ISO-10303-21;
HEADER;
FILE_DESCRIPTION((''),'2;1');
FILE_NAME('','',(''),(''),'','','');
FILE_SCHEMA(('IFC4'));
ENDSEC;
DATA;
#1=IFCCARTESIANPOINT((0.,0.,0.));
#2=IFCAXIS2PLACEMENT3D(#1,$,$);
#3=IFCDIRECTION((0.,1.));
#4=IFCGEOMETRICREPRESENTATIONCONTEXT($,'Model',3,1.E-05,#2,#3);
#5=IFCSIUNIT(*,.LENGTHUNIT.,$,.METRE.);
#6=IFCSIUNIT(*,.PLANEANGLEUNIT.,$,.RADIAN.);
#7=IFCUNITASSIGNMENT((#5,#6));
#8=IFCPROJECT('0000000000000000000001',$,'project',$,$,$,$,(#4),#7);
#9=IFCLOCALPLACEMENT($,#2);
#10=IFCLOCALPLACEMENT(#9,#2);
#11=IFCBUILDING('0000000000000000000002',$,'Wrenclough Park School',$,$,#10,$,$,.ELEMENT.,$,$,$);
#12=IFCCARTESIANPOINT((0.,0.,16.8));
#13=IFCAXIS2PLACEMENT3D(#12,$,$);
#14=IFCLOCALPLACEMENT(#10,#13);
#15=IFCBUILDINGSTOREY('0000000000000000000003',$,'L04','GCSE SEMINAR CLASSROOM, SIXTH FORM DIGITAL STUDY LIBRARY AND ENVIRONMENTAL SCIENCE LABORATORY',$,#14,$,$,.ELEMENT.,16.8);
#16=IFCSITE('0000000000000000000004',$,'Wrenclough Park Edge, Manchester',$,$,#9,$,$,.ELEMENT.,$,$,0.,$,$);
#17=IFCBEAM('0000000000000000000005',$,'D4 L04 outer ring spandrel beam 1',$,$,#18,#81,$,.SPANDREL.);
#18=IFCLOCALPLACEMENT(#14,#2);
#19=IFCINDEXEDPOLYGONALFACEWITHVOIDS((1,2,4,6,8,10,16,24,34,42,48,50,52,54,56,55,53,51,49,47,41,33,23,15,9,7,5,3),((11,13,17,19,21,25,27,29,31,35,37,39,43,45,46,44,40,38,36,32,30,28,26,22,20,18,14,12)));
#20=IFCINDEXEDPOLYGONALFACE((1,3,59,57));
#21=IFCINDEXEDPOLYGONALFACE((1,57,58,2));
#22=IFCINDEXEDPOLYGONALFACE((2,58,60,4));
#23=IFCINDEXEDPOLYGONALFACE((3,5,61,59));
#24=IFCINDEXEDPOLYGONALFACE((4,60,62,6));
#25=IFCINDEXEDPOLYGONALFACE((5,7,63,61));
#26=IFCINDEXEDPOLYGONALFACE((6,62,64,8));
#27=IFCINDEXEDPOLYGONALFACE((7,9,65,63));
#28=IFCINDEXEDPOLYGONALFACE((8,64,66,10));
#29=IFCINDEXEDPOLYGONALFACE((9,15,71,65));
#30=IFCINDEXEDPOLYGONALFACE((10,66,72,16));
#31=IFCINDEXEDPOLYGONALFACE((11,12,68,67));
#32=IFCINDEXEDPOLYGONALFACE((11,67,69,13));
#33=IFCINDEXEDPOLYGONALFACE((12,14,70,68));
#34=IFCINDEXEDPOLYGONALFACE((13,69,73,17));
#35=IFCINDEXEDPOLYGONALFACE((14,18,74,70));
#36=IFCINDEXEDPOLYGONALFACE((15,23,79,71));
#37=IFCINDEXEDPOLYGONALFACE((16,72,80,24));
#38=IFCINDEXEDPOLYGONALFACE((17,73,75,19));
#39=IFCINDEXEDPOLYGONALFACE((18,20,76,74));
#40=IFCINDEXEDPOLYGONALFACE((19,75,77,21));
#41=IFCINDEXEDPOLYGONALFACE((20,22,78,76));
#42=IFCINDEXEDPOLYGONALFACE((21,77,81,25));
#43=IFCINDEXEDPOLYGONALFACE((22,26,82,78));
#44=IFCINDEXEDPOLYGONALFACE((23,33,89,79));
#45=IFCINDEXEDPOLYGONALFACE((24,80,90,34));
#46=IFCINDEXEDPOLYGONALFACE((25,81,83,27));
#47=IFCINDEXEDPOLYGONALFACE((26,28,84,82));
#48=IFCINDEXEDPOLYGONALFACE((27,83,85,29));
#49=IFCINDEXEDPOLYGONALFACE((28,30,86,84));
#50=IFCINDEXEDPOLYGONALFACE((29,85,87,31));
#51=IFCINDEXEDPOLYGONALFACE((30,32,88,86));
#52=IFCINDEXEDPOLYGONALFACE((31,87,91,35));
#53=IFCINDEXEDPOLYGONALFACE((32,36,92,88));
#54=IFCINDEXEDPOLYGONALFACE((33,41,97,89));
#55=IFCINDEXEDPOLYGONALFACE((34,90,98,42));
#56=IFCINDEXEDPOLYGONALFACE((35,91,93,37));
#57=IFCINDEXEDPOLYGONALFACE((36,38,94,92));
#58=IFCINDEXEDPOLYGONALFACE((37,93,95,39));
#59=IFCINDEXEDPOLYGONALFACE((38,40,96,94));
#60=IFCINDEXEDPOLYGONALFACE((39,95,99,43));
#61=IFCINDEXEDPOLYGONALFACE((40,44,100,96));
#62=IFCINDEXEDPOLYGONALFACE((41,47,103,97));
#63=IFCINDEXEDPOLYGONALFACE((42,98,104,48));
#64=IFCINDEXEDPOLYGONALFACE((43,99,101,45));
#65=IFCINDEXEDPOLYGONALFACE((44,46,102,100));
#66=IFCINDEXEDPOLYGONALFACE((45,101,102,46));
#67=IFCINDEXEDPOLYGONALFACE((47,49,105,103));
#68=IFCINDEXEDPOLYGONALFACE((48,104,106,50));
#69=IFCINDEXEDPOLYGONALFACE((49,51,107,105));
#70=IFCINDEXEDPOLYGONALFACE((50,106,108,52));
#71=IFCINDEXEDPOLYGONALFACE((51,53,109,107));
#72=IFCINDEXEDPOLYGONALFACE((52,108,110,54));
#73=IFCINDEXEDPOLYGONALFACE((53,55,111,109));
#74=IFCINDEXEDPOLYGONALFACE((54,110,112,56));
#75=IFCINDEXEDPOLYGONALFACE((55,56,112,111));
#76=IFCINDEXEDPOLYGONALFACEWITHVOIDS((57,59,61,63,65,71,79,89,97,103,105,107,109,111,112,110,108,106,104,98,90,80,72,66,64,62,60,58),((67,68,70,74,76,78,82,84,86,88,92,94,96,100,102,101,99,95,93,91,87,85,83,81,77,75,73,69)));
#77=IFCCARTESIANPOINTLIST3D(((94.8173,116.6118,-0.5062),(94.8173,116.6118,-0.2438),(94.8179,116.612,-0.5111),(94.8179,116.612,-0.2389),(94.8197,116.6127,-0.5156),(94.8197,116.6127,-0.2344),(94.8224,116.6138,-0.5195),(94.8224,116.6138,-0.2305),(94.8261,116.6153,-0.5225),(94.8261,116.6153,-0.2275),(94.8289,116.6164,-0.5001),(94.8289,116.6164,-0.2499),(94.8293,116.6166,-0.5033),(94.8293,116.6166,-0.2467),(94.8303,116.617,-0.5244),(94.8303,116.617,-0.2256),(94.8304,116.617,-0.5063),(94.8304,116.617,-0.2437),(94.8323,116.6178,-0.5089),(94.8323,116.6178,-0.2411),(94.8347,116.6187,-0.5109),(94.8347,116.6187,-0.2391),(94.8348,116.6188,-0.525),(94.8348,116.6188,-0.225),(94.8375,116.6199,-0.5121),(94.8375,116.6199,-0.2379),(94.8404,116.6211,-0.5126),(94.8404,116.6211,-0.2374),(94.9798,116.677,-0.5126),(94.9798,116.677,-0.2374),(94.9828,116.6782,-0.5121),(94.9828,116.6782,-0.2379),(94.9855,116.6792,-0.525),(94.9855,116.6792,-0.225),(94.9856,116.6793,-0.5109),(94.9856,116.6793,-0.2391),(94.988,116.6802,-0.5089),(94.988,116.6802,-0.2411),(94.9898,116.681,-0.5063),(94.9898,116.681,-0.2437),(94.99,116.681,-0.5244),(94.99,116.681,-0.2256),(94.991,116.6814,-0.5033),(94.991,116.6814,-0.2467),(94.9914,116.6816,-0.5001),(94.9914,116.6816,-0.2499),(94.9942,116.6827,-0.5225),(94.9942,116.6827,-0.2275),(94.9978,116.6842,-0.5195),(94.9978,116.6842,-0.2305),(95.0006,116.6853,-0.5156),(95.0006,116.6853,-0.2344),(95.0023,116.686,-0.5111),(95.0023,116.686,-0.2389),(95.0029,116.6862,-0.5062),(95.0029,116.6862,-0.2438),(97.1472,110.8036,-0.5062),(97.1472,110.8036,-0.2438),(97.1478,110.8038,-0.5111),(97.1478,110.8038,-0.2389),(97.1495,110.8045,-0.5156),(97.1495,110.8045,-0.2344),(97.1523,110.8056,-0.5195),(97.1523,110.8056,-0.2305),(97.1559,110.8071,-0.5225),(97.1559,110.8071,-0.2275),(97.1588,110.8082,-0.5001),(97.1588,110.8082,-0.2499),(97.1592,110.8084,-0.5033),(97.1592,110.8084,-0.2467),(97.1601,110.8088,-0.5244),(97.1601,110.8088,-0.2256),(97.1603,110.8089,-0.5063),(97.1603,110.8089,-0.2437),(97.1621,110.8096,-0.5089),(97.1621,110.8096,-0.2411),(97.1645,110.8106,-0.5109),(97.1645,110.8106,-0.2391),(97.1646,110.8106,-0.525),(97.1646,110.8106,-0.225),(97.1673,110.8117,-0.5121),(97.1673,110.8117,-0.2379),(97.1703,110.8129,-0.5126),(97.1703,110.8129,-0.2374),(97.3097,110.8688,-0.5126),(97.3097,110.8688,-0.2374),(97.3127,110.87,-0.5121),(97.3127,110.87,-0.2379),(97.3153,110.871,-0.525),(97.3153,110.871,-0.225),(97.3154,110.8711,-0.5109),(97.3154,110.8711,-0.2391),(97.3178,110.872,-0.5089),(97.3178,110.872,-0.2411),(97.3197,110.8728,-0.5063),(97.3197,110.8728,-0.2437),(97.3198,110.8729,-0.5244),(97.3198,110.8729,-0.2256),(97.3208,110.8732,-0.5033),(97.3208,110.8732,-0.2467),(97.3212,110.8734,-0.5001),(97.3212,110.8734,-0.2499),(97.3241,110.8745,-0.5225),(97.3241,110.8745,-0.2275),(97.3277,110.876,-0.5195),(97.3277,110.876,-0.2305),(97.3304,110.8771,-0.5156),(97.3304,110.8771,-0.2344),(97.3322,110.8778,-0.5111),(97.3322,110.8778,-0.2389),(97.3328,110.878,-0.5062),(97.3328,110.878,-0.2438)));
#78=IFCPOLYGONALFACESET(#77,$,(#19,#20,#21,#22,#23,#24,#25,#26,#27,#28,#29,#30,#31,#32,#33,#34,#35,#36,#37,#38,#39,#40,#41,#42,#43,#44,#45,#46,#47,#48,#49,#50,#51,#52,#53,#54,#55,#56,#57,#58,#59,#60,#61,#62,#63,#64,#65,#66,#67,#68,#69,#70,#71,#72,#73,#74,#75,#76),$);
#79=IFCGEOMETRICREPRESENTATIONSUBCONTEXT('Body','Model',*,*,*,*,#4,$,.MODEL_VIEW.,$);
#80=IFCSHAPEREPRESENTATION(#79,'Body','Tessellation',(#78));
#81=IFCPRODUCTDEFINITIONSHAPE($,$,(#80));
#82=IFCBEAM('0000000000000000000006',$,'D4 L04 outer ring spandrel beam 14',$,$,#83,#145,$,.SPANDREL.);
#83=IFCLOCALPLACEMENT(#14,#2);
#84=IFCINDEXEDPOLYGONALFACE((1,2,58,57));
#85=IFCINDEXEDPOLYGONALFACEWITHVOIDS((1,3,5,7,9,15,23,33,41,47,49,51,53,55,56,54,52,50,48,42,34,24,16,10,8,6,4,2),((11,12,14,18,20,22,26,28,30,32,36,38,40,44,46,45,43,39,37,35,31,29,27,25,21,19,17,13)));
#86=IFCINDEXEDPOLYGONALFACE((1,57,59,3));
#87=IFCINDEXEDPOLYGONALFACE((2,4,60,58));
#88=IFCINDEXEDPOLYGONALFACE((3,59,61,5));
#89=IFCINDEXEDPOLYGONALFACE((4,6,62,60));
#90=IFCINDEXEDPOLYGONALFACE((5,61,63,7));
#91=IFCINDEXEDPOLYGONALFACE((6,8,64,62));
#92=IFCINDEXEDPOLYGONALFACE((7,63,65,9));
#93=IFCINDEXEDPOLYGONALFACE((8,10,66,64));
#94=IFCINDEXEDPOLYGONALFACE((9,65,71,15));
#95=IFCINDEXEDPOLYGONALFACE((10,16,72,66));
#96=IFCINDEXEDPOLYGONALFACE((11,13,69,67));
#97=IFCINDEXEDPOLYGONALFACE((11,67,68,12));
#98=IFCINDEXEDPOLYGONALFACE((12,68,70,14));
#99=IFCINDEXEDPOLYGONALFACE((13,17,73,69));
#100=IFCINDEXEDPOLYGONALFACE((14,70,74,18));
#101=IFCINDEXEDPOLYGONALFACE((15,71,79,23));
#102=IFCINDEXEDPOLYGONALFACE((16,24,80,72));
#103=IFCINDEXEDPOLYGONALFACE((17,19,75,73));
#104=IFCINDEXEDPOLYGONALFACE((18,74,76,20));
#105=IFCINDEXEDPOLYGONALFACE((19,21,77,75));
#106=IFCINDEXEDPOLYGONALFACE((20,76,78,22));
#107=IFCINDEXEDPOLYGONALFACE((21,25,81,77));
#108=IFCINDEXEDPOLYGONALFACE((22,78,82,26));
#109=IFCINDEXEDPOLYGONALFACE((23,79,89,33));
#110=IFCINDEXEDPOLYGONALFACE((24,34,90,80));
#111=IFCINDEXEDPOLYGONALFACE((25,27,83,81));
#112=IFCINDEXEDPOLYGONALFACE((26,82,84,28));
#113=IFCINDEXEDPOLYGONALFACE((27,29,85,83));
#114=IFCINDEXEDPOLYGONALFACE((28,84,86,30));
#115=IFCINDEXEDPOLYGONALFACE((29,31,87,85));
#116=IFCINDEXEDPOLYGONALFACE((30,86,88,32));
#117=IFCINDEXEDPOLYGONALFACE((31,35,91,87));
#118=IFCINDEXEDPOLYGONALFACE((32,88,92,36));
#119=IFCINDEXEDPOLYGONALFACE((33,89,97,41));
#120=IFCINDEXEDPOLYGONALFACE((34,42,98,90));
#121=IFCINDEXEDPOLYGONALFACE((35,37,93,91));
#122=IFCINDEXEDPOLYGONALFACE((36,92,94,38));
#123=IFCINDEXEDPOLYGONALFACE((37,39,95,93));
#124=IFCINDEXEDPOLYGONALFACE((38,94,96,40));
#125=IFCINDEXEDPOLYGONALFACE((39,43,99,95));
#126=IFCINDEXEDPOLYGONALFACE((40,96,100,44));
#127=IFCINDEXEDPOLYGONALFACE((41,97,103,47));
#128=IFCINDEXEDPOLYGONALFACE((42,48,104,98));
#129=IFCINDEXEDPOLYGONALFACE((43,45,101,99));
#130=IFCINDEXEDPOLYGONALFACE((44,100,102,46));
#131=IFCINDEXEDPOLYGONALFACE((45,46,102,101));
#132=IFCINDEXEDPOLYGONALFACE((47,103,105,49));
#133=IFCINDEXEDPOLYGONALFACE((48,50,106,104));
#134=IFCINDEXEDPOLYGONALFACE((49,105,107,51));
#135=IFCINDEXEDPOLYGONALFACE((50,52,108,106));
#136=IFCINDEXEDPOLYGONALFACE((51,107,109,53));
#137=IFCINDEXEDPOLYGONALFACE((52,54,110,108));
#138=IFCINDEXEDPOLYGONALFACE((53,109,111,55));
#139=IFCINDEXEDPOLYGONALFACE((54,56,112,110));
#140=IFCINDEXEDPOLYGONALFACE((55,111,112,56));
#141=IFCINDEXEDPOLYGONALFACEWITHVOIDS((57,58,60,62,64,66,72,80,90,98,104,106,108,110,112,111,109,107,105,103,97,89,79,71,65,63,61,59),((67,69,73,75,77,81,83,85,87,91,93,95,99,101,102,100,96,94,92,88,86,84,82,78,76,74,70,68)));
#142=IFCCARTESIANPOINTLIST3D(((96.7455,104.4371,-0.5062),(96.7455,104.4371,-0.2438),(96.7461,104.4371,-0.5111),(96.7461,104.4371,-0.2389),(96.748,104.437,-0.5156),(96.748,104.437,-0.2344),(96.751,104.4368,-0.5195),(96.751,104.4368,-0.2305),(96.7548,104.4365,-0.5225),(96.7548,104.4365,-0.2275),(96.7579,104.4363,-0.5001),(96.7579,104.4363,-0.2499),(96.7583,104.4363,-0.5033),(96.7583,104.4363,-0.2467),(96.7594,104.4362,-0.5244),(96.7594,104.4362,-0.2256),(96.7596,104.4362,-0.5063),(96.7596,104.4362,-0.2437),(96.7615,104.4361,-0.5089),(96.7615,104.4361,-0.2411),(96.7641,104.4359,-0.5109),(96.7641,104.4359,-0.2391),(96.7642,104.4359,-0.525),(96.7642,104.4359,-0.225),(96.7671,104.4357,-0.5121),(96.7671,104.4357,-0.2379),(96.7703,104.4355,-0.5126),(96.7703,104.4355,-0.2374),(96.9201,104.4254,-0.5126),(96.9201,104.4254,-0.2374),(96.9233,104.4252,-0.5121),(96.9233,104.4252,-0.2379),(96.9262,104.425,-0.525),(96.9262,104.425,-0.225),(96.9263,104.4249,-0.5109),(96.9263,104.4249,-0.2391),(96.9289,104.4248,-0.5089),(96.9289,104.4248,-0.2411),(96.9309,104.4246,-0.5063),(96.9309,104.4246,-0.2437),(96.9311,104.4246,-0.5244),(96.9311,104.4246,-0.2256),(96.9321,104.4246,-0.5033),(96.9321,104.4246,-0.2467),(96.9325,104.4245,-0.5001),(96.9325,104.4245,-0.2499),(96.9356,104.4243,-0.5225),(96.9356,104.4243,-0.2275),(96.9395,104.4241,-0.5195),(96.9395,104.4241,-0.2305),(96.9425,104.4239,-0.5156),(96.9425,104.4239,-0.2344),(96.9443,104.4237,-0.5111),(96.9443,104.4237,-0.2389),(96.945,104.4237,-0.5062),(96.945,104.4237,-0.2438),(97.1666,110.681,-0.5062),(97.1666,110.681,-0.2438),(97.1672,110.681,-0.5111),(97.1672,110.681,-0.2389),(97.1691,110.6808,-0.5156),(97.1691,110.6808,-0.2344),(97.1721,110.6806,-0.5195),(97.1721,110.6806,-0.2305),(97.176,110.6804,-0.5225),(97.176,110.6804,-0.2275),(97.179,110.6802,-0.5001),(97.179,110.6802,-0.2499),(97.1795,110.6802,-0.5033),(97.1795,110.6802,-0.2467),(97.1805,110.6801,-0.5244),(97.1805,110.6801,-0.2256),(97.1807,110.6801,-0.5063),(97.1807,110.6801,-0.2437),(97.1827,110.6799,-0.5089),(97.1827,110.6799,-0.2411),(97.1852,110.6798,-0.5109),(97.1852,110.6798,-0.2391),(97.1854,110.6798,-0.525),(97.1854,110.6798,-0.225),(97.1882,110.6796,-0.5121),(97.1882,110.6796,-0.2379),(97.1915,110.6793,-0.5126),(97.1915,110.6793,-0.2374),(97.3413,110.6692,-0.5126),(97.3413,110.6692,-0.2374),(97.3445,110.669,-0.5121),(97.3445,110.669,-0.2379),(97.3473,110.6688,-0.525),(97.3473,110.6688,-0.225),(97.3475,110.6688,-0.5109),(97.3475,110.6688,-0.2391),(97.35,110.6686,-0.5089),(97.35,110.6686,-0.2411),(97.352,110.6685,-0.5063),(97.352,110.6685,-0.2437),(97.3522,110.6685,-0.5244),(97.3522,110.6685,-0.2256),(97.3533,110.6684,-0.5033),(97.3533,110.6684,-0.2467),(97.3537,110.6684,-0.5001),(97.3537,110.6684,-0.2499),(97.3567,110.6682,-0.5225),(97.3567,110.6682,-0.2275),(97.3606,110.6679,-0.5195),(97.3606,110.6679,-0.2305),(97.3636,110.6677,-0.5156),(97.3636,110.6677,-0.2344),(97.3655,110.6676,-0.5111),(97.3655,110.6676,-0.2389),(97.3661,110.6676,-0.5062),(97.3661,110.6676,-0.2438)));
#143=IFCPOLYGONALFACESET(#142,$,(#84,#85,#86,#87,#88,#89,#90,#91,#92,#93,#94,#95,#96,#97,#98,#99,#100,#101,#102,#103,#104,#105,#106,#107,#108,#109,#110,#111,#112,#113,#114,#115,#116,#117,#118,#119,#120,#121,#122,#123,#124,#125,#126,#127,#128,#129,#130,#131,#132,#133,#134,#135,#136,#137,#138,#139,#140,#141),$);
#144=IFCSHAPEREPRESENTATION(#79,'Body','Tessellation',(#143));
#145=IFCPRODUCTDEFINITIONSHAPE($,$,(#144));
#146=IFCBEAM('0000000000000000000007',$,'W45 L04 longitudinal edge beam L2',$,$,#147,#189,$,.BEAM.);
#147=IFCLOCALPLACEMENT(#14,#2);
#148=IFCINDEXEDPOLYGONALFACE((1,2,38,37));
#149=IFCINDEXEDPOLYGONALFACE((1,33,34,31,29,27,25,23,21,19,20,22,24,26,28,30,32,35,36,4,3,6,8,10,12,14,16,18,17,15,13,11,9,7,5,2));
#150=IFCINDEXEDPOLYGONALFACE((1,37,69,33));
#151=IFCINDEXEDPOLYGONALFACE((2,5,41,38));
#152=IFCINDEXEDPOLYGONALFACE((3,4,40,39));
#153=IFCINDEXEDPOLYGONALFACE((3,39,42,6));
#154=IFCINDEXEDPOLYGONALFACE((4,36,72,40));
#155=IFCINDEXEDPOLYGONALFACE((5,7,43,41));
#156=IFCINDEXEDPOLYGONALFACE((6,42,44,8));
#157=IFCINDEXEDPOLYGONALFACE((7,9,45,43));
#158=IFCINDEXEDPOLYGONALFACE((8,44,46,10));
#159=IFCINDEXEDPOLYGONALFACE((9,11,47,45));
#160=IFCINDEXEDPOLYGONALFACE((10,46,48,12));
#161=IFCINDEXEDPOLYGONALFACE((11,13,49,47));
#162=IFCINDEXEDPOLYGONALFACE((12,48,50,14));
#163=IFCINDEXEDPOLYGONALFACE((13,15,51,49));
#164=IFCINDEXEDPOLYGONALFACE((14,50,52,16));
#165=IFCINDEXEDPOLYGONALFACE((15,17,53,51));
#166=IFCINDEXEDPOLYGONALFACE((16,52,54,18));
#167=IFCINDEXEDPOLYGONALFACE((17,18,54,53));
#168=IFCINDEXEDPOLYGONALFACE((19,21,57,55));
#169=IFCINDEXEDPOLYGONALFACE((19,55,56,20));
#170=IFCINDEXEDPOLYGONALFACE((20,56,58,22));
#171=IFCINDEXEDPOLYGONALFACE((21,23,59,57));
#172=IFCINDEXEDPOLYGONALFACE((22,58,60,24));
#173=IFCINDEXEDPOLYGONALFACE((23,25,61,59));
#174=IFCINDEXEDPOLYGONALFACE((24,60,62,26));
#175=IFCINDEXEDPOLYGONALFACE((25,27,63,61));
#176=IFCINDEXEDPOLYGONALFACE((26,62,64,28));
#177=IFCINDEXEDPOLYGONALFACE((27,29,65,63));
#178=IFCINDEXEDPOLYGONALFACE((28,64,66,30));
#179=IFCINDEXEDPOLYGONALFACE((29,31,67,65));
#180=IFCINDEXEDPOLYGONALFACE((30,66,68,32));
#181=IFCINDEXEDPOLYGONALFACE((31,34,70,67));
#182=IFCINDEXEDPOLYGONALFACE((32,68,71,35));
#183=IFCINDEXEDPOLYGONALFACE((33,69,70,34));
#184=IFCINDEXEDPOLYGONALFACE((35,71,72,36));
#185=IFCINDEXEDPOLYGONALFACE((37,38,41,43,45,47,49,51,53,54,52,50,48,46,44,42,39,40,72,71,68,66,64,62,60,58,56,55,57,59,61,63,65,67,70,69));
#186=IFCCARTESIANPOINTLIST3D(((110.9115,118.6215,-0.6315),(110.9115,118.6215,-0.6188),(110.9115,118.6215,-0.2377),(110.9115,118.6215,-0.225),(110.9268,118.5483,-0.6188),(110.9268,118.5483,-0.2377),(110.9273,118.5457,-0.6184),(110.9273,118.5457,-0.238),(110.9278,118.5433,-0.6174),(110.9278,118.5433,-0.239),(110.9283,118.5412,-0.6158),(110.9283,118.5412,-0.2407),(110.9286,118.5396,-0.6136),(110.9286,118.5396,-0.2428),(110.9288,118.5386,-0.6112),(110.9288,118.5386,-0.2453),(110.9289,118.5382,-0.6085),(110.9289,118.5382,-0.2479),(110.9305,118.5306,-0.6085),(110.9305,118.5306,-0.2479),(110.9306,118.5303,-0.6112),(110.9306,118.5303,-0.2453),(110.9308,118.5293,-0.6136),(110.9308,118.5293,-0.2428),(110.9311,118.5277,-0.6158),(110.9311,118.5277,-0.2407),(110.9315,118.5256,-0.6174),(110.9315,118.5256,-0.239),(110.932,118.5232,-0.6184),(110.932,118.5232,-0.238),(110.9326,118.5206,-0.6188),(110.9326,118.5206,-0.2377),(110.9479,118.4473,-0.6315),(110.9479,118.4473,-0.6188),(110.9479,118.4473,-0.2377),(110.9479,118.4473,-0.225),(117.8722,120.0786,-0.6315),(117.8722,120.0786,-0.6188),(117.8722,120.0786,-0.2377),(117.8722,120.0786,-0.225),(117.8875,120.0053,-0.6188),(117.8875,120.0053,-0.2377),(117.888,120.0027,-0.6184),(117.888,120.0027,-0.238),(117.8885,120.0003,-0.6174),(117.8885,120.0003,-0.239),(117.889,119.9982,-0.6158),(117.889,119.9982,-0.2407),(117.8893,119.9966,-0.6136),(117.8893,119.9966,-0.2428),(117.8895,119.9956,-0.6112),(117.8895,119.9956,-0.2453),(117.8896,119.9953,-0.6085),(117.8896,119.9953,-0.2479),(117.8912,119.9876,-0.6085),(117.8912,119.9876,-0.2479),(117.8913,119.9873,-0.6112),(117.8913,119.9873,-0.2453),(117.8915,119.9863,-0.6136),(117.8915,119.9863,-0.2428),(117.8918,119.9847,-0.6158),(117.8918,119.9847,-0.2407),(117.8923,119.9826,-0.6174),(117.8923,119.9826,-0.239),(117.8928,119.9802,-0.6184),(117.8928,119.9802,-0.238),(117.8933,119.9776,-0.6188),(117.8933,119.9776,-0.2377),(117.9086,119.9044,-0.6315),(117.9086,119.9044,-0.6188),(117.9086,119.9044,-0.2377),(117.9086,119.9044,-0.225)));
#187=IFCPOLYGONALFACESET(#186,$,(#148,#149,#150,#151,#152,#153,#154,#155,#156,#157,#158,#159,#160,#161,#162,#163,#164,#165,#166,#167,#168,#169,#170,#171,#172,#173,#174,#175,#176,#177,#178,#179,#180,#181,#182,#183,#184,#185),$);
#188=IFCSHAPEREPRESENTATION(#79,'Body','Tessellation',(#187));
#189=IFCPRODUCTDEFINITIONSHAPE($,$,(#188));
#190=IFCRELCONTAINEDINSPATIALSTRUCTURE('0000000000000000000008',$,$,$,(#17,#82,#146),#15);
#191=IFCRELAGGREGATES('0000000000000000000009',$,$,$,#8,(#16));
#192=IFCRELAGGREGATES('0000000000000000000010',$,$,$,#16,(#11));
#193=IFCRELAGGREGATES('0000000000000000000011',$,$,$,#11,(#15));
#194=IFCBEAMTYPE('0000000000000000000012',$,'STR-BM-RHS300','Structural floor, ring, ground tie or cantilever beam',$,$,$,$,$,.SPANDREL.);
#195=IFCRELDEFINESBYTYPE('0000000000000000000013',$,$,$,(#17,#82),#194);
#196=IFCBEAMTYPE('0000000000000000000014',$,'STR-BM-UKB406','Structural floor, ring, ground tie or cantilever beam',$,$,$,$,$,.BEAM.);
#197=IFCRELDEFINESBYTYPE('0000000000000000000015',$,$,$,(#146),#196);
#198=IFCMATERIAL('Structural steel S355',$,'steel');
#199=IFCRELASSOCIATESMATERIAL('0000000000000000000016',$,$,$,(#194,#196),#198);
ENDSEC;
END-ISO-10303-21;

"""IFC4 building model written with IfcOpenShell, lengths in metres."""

from ifc_helpers import new_model, si_unit, direction, frame, origin, origin_2d, place, context, subcontext, project, spatial, hollow_rectangle, i_section, extrude, material, material_profile, profile_set, type_object, element, save


model = new_model("IFC4")

# Units and contexts
model_context = context("Model", 3, precision=1e-05, world=origin(), true_north=direction((0.0, 1.0)))
body_context = subcontext(model_context, "Body", "Model", "MODEL_VIEW")
ifc_project = project(units=[si_unit("LENGTHUNIT", "METRE"), si_unit("PLANEANGLEUNIT", "RADIAN")], contexts=[model_context])

# Site, building, storey
site_placement = place(None, origin())
site = spatial("IfcSite", under=ifc_project, at=site_placement, Name="Wrenclough Park Edge, Manchester", CompositionType="ELEMENT", RefElevation=0.0)
building_placement = place(site_placement, origin())
building = spatial("IfcBuilding", under=site, at=building_placement, Name="Wrenclough Park School", CompositionType="ELEMENT")
storey_placement = place(building_placement, frame((0.0, 0.0, 16.8)))
storey = spatial("IfcBuildingStorey", under=building, at=storey_placement, Name="L04", Description="GCSE SEMINAR CLASSROOM, SIXTH FORM DIGITAL STUDY LIBRARY AND ENVIRONMENTAL SCIENCE LABORATORY", CompositionType="ELEMENT", Elevation=16.8)

# Shared definitions
ifc_material_1 = material(Name="Structural steel S355", Category="steel")

# Beams
ifc_material_profile_1 = material_profile(ifc_material_1, hollow_rectangle(XDim=0.2, YDim=0.3, WallThickness=0.0125, InnerFilletRadius=0.0125, OuterFilletRadius=0.0188, at=origin_2d()), Name="RHS 300x200x12.5")
ifc_profile_set_1 = profile_set([ifc_material_profile_1], Name="Structural steel S355")
beam_type_1 = type_object("IfcBeamType", Name="STR-BM-RHS300", Description="Structural floor, ring, ground tie or cantilever beam", PredefinedType="SPANDREL", material=ifc_profile_set_1)
for number, where, z_axis, x_axis, name in (
    (1, (97.24, 110.8408, -0.375), (-0.372299, 0.928113, 0.0), (-0.928113, -0.372299, 0.0), "D4 L04 outer ring spandrel beam 1"),
    (2, (96.8452, 104.4304, -0.375), (0.067296, 0.997733, 0.0), (-0.997733, 0.067296, 0.0), "D4 L04 outer ring spandrel beam 14"),
):
    element("IfcBeam", number, at=place(storey_placement, frame(where, z_axis=z_axis, x_axis=x_axis)), inside=storey, type_object=beam_type_1, Name=name, PredefinedType="SPANDREL", context=body_context, shape_type="SweptSolid", body=[
        extrude(hollow_rectangle(XDim=0.2, YDim=0.3, WallThickness=0.0125, InnerFilletRadius=0.0125, OuterFilletRadius=0.0188, at=origin_2d()), origin(), (0.0, 0.0, 1.0), 6.2581),
    ])
ifc_material_profile_2 = material_profile(ifc_material_1, i_section(OverallWidth=0.178, OverallDepth=0.4065, WebThickness=0.0078, FlangeThickness=0.0127, FilletRadius=0.0103, at=origin_2d()), Name="UKB 406x178x60")
ifc_profile_set_2 = profile_set([ifc_material_profile_2], Name="Structural steel S355")
beam_type_2 = type_object("IfcBeamType", Name="STR-BM-UKB406", Description="Structural floor, ring, ground tie or cantilever beam", PredefinedType="BEAM", material=ifc_profile_set_2)
beam_1_placement = place(storey_placement, frame((110.9297, 118.5344, -0.4282), z_axis=(0.978787, 0.204882, 0.0), x_axis=(-0.204882, 0.978787, 0.0)))
element("IfcBeam", 3, at=beam_1_placement, inside=storey, type_object=beam_type_2, Name="W45 L04 longitudinal edge beam L2", PredefinedType="BEAM", context=body_context, shape_type="SweptSolid", body=[
    extrude(i_section(OverallWidth=0.178, OverallDepth=0.4065, WebThickness=0.0078, FlangeThickness=0.0127, FilletRadius=0.0103, at=origin_2d()), origin(), (0.0, 0.0, 1.0), 7.1116),
])

save(model, "model.ifc")
